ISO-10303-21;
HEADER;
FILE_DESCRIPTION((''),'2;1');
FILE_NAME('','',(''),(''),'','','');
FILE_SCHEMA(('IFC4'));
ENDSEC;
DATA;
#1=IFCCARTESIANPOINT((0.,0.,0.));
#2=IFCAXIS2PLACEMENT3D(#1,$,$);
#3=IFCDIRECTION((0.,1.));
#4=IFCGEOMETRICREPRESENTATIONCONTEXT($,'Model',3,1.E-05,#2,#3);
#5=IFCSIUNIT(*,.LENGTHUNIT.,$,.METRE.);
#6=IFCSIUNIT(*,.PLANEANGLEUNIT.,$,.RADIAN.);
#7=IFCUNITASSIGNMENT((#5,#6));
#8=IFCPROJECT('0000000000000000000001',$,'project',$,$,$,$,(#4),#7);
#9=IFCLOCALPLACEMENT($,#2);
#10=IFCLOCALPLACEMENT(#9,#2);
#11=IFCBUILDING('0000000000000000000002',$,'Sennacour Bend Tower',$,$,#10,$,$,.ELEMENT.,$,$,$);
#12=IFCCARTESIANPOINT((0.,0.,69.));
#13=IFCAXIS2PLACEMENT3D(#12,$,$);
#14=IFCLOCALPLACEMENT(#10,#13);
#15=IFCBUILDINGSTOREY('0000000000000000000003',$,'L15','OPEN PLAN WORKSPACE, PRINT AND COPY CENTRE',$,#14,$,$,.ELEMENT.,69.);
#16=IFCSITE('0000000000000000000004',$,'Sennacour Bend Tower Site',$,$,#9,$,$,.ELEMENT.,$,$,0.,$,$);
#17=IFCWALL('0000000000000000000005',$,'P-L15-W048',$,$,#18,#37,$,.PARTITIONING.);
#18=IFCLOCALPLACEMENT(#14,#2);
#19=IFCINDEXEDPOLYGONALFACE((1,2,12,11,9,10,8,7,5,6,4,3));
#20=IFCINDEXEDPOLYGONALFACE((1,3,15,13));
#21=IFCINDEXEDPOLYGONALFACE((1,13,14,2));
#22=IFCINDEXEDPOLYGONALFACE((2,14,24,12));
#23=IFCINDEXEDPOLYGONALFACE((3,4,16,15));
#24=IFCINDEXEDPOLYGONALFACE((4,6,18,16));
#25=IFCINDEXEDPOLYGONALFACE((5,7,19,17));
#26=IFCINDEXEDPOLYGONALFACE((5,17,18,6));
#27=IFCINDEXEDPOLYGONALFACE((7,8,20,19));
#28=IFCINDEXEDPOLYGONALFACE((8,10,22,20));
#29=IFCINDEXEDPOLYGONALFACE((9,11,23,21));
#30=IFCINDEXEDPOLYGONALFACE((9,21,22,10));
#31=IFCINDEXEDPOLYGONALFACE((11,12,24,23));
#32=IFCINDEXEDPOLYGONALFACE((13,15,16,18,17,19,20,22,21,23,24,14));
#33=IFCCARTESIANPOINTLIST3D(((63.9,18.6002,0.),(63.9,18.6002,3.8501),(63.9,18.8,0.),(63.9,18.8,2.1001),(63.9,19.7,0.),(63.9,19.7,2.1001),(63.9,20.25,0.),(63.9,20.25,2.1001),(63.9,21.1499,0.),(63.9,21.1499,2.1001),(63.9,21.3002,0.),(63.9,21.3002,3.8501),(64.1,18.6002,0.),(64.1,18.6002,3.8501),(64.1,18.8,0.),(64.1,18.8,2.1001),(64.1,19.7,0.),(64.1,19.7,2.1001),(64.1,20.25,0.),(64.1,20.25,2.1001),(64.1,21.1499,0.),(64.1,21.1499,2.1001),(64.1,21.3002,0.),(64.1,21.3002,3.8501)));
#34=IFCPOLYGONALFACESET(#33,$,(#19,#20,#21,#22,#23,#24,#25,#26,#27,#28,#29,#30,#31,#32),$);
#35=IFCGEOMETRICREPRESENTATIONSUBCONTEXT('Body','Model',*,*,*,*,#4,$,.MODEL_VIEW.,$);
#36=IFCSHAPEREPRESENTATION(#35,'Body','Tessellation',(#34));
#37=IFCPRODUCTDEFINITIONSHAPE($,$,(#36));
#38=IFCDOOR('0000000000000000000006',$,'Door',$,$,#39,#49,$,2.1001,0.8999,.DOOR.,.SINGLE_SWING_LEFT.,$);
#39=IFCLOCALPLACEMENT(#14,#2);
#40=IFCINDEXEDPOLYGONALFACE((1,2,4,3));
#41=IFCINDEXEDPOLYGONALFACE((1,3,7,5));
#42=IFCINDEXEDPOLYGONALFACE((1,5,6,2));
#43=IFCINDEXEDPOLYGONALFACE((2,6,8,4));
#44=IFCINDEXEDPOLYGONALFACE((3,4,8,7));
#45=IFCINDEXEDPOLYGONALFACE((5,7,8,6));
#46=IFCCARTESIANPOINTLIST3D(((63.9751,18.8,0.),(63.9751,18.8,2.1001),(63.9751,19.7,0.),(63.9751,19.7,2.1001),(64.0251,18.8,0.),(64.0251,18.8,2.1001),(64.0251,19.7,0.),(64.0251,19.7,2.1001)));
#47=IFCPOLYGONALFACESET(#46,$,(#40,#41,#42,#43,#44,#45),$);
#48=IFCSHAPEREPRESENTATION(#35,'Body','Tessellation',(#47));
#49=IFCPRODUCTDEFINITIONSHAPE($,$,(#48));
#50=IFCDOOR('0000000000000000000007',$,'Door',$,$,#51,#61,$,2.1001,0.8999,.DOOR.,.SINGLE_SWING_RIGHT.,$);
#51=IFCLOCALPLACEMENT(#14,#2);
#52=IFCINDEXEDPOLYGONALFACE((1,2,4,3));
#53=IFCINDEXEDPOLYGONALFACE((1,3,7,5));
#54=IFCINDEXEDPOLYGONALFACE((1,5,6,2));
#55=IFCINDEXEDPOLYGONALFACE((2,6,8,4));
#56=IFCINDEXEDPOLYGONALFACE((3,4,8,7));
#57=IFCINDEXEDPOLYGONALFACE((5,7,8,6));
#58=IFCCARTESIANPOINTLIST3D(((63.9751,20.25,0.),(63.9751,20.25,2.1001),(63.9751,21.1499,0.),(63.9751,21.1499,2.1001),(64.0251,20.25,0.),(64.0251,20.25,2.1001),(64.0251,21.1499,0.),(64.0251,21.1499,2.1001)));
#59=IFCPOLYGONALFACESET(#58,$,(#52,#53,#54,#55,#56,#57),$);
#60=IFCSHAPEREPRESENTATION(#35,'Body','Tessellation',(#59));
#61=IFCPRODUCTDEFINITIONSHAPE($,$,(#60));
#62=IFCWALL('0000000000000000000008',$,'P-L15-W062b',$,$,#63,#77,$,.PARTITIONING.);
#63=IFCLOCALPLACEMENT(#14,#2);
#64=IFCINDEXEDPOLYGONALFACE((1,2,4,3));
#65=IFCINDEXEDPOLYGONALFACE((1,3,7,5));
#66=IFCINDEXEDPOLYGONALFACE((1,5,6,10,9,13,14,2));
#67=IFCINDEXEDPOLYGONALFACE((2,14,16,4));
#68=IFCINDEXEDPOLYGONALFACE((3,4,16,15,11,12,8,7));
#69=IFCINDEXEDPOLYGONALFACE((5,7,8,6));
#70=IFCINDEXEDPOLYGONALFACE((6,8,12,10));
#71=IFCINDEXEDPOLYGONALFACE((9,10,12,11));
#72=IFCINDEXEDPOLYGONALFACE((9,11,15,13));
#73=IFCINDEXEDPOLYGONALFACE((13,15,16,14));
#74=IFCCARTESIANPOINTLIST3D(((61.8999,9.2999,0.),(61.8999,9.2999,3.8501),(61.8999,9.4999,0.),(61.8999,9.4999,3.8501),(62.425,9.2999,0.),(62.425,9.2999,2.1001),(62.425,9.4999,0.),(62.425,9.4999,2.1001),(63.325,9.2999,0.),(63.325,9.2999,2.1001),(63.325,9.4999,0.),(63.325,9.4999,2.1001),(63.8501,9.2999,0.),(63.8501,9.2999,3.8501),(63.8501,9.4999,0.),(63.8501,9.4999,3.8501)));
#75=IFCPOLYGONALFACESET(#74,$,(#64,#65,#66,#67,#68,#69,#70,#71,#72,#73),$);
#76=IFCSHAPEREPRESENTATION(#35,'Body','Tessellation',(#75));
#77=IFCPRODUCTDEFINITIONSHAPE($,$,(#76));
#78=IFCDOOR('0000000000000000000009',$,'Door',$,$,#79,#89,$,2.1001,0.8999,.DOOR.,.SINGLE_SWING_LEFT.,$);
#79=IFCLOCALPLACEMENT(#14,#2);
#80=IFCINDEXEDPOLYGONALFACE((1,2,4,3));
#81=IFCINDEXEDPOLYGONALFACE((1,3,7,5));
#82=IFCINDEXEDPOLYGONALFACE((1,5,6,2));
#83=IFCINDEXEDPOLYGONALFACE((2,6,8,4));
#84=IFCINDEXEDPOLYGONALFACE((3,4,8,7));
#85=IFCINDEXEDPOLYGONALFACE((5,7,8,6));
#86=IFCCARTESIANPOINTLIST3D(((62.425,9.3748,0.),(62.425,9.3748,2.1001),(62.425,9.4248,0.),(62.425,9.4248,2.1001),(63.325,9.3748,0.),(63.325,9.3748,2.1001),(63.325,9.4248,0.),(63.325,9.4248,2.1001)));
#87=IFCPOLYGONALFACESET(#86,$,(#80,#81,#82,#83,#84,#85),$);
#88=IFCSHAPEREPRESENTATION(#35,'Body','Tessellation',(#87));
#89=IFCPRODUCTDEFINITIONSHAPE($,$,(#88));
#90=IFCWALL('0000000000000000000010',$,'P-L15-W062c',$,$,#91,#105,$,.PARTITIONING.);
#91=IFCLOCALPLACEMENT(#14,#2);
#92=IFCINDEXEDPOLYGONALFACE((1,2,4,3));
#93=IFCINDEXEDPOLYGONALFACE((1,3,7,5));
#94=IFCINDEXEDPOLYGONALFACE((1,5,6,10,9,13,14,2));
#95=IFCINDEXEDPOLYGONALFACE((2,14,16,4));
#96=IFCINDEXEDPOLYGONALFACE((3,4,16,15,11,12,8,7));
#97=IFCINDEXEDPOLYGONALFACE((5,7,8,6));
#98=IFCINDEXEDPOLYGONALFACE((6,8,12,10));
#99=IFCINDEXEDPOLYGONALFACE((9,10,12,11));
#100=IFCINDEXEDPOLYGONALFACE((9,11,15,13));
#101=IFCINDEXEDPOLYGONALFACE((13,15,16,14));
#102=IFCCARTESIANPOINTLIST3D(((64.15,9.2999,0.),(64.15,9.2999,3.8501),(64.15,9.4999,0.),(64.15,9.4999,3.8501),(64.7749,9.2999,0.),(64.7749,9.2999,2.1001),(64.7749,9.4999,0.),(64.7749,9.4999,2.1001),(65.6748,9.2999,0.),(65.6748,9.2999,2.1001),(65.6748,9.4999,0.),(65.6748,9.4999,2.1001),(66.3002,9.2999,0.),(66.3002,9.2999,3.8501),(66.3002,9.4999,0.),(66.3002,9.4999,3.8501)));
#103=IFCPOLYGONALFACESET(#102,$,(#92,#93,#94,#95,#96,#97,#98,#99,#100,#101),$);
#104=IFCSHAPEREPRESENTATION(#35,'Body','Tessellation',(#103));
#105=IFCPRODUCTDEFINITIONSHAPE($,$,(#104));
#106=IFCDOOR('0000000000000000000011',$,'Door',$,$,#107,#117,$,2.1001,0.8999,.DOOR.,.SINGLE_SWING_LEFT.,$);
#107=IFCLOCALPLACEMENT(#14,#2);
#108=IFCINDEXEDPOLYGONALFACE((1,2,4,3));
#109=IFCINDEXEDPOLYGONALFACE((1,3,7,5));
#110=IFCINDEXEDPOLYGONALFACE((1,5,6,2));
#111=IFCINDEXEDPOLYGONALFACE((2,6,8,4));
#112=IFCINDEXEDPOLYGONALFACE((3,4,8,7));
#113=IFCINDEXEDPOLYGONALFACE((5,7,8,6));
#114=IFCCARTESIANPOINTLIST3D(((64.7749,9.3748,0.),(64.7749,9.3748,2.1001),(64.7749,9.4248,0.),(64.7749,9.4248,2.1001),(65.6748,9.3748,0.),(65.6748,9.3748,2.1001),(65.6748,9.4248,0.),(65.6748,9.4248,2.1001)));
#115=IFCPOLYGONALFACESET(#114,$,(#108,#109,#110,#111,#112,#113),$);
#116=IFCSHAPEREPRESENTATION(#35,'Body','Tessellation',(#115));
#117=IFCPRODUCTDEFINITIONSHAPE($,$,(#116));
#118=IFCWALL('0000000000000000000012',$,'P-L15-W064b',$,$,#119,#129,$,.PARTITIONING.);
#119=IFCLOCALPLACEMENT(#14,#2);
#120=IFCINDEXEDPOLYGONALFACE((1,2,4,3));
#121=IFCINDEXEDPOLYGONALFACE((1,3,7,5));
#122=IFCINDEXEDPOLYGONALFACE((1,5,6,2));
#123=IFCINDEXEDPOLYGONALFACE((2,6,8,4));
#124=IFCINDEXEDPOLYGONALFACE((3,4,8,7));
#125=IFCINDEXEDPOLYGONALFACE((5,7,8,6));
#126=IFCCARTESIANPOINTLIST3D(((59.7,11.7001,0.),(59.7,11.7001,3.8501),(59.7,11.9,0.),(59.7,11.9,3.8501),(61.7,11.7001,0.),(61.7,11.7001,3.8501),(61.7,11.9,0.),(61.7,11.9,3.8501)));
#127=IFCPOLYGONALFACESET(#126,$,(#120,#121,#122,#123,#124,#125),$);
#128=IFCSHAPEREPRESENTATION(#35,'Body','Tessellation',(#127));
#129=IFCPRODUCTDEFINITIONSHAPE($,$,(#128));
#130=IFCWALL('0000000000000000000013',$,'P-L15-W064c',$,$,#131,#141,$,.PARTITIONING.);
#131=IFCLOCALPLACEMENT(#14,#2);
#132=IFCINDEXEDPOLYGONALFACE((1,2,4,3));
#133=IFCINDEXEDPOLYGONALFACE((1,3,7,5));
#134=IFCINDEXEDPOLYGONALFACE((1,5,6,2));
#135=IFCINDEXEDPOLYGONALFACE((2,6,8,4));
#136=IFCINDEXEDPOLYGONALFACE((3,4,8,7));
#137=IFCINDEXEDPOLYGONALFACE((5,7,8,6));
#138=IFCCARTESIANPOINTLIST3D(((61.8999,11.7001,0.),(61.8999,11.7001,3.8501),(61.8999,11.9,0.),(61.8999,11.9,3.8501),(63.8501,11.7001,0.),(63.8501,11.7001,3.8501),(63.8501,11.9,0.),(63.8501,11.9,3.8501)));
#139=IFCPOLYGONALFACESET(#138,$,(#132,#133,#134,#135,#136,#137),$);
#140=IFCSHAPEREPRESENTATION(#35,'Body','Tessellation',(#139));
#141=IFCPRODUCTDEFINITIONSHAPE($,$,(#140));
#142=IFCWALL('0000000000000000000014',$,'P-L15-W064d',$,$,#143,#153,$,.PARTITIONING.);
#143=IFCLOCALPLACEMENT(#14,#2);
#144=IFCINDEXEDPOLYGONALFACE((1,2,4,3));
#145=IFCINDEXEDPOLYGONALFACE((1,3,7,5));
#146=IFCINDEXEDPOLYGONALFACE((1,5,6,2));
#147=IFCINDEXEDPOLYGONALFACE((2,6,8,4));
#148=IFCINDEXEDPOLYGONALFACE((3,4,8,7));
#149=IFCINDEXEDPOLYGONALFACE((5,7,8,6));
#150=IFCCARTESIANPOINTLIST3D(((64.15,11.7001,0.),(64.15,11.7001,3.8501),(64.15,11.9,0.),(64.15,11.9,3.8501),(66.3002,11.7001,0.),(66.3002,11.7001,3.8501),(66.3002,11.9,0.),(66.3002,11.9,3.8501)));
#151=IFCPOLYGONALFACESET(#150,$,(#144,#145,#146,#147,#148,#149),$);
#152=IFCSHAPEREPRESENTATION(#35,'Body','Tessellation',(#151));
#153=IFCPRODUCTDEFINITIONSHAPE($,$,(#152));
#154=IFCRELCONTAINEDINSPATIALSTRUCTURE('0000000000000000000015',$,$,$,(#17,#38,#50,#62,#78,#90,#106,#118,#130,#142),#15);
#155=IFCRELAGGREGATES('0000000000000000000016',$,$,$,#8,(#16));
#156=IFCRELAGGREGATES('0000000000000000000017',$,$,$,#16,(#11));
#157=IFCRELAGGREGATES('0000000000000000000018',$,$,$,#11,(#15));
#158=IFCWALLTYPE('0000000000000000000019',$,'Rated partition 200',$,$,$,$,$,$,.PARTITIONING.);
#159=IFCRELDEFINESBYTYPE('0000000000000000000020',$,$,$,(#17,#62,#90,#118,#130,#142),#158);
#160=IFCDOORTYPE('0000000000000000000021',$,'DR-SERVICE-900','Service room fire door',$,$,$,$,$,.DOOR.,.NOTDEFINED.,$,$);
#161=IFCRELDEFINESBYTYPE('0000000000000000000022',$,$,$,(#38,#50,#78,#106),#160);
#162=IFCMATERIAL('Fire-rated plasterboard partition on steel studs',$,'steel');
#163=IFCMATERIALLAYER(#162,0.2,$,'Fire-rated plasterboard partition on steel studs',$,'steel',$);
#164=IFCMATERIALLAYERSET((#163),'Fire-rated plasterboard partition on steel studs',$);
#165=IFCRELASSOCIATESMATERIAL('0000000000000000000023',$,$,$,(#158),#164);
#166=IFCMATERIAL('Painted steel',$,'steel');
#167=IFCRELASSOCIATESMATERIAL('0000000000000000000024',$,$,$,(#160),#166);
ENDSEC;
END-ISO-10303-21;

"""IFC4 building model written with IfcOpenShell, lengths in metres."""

from ifc_helpers import new_model, si_unit, direction, frame, frame_2d, origin, place, context, subcontext, project, spatial, rectangle, extrude, material, layer, layer_set, type_object, element, fill, save


model = new_model("IFC4")

# Units and contexts
model_context = context("Model", 3, precision=1e-05, world=origin(), true_north=direction((0.0, 1.0)))
body_context = subcontext(model_context, "Body", "Model", "MODEL_VIEW")
ifc_project = project(units=[si_unit("LENGTHUNIT", "METRE"), si_unit("PLANEANGLEUNIT", "RADIAN")], contexts=[model_context])

# Site, building, storey
site_placement = place(None, origin())
site = spatial("IfcSite", under=ifc_project, at=site_placement, Name="Sennacour Bend Tower Site", CompositionType="ELEMENT", RefElevation=0.0)
building_placement = place(site_placement, origin())
building = spatial("IfcBuilding", under=site, at=building_placement, Name="Sennacour Bend Tower", CompositionType="ELEMENT")
storey_placement = place(building_placement, frame((0.0, 0.0, 69.0)))
storey = spatial("IfcBuildingStorey", under=building, at=storey_placement, Name="L15", Description="OPEN PLAN WORKSPACE, PRINT AND COPY CENTRE", CompositionType="ELEMENT", Elevation=69.0)

# Wall, openings, doors
ifc_material_1 = material(Name="Fire-rated plasterboard partition on steel studs", Category="steel")
ifc_layer_1 = layer(ifc_material_1, 0.2, Name="Fire-rated plasterboard partition on steel studs", Category="steel")
ifc_layer_set_1 = layer_set([ifc_layer_1], Name="Fire-rated plasterboard partition on steel studs")
wall_type_1 = type_object("IfcWallType", Name="Rated partition 200", PredefinedType="PARTITIONING", material=ifc_layer_set_1)
wall_1_placement = place(storey_placement, frame((64.0, 18.6001, 0.0), z_axis=(0.0, 0.0, 1.0), x_axis=(0.0, 1.0, 0.0)))
wall_1 = element("IfcWall", 1, at=wall_1_placement, inside=storey, type_object=wall_type_1, Name="P-L15-W048", PredefinedType="PARTITIONING", context=body_context, shape_type="SweptSolid", body=[
    extrude(rectangle(XDim=2.7, YDim=0.2, at=frame_2d((1.3501, 0.0))), origin(), (0.0, 0.0, 1.0), 3.8501),
])
opening_1_placement = place(wall_1_placement, frame((0.2, 0.0, 0.0)))
opening_1 = element("IfcOpeningElement", 2, at=opening_1_placement, cuts=wall_1, PredefinedType="OPENING", context=body_context, shape_type="SweptSolid", body=[
    extrude(rectangle(XDim=0.8999, YDim=2.1001, at=frame_2d((0.45, 1.05))), frame((0.0, 0.1099, 0.0), z_axis=(0.0, -1.0, 0.0), x_axis=(1.0, 0.0, 0.0)), (0.0, 0.0, 1.0), 0.22),
])
opening_2_placement = place(wall_1_placement, frame((1.6499, 0.0, 0.0)))
opening_2 = element("IfcOpeningElement", 3, at=opening_2_placement, cuts=wall_1, PredefinedType="OPENING", context=body_context, shape_type="SweptSolid", body=[
    extrude(rectangle(XDim=0.8999, YDim=2.1001, at=frame_2d((0.45, 1.05))), frame((0.0, 0.1099, 0.0), z_axis=(0.0, -1.0, 0.0), x_axis=(1.0, 0.0, 0.0)), (0.0, 0.0, 1.0), 0.22),
])
ifc_material_2 = material(Name="Painted steel", Category="steel")
door_type_1 = type_object("IfcDoorType", Name="DR-SERVICE-900", Description="Service room fire door", OperationType="NOTDEFINED", PredefinedType="DOOR", material=ifc_material_2)
door_1_placement = place(opening_1_placement, origin())
door_1 = element("IfcDoor", 4, at=door_1_placement, inside=storey, type_object=door_type_1, Name="Door", OperationType="SINGLE_SWING_LEFT", OverallHeight=2.1001, OverallWidth=0.8999, PredefinedType="DOOR", context=body_context, shape_type="SweptSolid", body=[
    extrude(rectangle(XDim=0.8999, YDim=2.1001, at=frame_2d((0.45, 1.05))), frame((0.0, 0.0249, 0.0), z_axis=(0.0, -1.0, 0.0), x_axis=(1.0, 0.0, 0.0)), (0.0, 0.0, 1.0), 0.05),
])
fill(opening_1, door_1)
door_2_placement = place(opening_2_placement, origin())
door_2 = element("IfcDoor", 5, at=door_2_placement, inside=storey, type_object=door_type_1, Name="Door", OperationType="SINGLE_SWING_RIGHT", OverallHeight=2.1001, OverallWidth=0.8999, PredefinedType="DOOR", context=body_context, shape_type="SweptSolid", body=[
    extrude(rectangle(XDim=0.8999, YDim=2.1001, at=frame_2d((0.45, 1.05))), frame((0.0, 0.0249, 0.0), z_axis=(0.0, -1.0, 0.0), x_axis=(1.0, 0.0, 0.0)), (0.0, 0.0, 1.0), 0.05),
])
fill(opening_2, door_2)

# Walls, openings, doors
wall_2_placement = place(storey_placement, frame((61.8999, 9.3999, 0.0), z_axis=(0.0, 0.0, 1.0), x_axis=(1.0, 0.0, 0.0)))
wall_2 = element("IfcWall", 6, at=wall_2_placement, inside=storey, type_object=wall_type_1, Name="P-L15-W062b", PredefinedType="PARTITIONING", context=body_context, shape_type="SweptSolid", body=[
    extrude(rectangle(XDim=1.9502, YDim=0.2, at=frame_2d((0.9751, 0.0))), origin(), (0.0, 0.0, 1.0), 3.8501),
])
opening_3_placement = place(wall_2_placement, frame((0.5251, 0.0, 0.0)))
opening_3 = element("IfcOpeningElement", 7, at=opening_3_placement, cuts=wall_2, PredefinedType="OPENING", context=body_context, shape_type="SweptSolid", body=[
    extrude(rectangle(XDim=0.8999, YDim=2.1001, at=frame_2d((0.45, 1.05))), frame((0.0, 0.1099, 0.0), z_axis=(0.0, -1.0, 0.0), x_axis=(1.0, 0.0, 0.0)), (0.0, 0.0, 1.0), 0.22),
])
door_3_placement = place(opening_3_placement, origin())
door_3 = element("IfcDoor", 8, at=door_3_placement, inside=storey, type_object=door_type_1, Name="Door", OperationType="SINGLE_SWING_LEFT", OverallHeight=2.1001, OverallWidth=0.8999, PredefinedType="DOOR", context=body_context, shape_type="SweptSolid", body=[
    extrude(rectangle(XDim=0.8999, YDim=2.1001, at=frame_2d((0.45, 1.05))), frame((0.0, 0.0249, 0.0), z_axis=(0.0, -1.0, 0.0), x_axis=(1.0, 0.0, 0.0)), (0.0, 0.0, 1.0), 0.05),
])
fill(opening_3, door_3)
wall_3_placement = place(storey_placement, frame((64.1499, 9.3999, 0.0), z_axis=(0.0, 0.0, 1.0), x_axis=(1.0, 0.0, 0.0)))
wall_3 = element("IfcWall", 9, at=wall_3_placement, inside=storey, type_object=wall_type_1, Name="P-L15-W062c", PredefinedType="PARTITIONING", context=body_context, shape_type="SweptSolid", body=[
    extrude(rectangle(XDim=2.1501, YDim=0.2, at=frame_2d((1.0752, 0.0))), origin(), (0.0, 0.0, 1.0), 3.8501),
])
opening_4_placement = place(wall_3_placement, frame((0.625, 0.0, 0.0)))
opening_4 = element("IfcOpeningElement", 10, at=opening_4_placement, cuts=wall_3, PredefinedType="OPENING", context=body_context, shape_type="SweptSolid", body=[
    extrude(rectangle(XDim=0.8999, YDim=2.1001, at=frame_2d((0.45, 1.05))), frame((0.0, 0.1099, 0.0), z_axis=(0.0, -1.0, 0.0), x_axis=(1.0, 0.0, 0.0)), (0.0, 0.0, 1.0), 0.22),
])
door_4_placement = place(opening_4_placement, origin())
door_4 = element("IfcDoor", 11, at=door_4_placement, inside=storey, type_object=door_type_1, Name="Door", OperationType="SINGLE_SWING_LEFT", OverallHeight=2.1001, OverallWidth=0.8999, PredefinedType="DOOR", context=body_context, shape_type="SweptSolid", body=[
    extrude(rectangle(XDim=0.8999, YDim=2.1001, at=frame_2d((0.45, 1.05))), frame((0.0, 0.0249, 0.0), z_axis=(0.0, -1.0, 0.0), x_axis=(1.0, 0.0, 0.0)), (0.0, 0.0, 1.0), 0.05),
])
fill(opening_4, door_4)

# Walls
wall_4_placement = place(storey_placement, frame((59.7, 11.8, 0.0), z_axis=(0.0, 0.0, 1.0), x_axis=(1.0, 0.0, 0.0)))
element("IfcWall", 12, at=wall_4_placement, inside=storey, type_object=wall_type_1, Name="P-L15-W064b", PredefinedType="PARTITIONING", context=body_context, shape_type="SweptSolid", body=[
    extrude(rectangle(XDim=2.0, YDim=0.2, at=frame_2d((1.0, 0.0))), origin(), (0.0, 0.0, 1.0), 3.8501),
])
wall_5_placement = place(storey_placement, frame((61.8999, 11.8, 0.0), z_axis=(0.0, 0.0, 1.0), x_axis=(1.0, 0.0, 0.0)))
element("IfcWall", 13, at=wall_5_placement, inside=storey, type_object=wall_type_1, Name="P-L15-W064c", PredefinedType="PARTITIONING", context=body_context, shape_type="SweptSolid", body=[
    extrude(rectangle(XDim=1.9502, YDim=0.2, at=frame_2d((0.9751, 0.0))), origin(), (0.0, 0.0, 1.0), 3.8501),
])
wall_6_placement = place(storey_placement, frame((64.1499, 11.8, 0.0), z_axis=(0.0, 0.0, 1.0), x_axis=(1.0, 0.0, 0.0)))
element("IfcWall", 14, at=wall_6_placement, inside=storey, type_object=wall_type_1, Name="P-L15-W064d", PredefinedType="PARTITIONING", context=body_context, shape_type="SweptSolid", body=[
    extrude(rectangle(XDim=2.1501, YDim=0.2, at=frame_2d((1.0752, 0.0))), origin(), (0.0, 0.0, 1.0), 3.8501),
])

save(model, "model.ifc")
